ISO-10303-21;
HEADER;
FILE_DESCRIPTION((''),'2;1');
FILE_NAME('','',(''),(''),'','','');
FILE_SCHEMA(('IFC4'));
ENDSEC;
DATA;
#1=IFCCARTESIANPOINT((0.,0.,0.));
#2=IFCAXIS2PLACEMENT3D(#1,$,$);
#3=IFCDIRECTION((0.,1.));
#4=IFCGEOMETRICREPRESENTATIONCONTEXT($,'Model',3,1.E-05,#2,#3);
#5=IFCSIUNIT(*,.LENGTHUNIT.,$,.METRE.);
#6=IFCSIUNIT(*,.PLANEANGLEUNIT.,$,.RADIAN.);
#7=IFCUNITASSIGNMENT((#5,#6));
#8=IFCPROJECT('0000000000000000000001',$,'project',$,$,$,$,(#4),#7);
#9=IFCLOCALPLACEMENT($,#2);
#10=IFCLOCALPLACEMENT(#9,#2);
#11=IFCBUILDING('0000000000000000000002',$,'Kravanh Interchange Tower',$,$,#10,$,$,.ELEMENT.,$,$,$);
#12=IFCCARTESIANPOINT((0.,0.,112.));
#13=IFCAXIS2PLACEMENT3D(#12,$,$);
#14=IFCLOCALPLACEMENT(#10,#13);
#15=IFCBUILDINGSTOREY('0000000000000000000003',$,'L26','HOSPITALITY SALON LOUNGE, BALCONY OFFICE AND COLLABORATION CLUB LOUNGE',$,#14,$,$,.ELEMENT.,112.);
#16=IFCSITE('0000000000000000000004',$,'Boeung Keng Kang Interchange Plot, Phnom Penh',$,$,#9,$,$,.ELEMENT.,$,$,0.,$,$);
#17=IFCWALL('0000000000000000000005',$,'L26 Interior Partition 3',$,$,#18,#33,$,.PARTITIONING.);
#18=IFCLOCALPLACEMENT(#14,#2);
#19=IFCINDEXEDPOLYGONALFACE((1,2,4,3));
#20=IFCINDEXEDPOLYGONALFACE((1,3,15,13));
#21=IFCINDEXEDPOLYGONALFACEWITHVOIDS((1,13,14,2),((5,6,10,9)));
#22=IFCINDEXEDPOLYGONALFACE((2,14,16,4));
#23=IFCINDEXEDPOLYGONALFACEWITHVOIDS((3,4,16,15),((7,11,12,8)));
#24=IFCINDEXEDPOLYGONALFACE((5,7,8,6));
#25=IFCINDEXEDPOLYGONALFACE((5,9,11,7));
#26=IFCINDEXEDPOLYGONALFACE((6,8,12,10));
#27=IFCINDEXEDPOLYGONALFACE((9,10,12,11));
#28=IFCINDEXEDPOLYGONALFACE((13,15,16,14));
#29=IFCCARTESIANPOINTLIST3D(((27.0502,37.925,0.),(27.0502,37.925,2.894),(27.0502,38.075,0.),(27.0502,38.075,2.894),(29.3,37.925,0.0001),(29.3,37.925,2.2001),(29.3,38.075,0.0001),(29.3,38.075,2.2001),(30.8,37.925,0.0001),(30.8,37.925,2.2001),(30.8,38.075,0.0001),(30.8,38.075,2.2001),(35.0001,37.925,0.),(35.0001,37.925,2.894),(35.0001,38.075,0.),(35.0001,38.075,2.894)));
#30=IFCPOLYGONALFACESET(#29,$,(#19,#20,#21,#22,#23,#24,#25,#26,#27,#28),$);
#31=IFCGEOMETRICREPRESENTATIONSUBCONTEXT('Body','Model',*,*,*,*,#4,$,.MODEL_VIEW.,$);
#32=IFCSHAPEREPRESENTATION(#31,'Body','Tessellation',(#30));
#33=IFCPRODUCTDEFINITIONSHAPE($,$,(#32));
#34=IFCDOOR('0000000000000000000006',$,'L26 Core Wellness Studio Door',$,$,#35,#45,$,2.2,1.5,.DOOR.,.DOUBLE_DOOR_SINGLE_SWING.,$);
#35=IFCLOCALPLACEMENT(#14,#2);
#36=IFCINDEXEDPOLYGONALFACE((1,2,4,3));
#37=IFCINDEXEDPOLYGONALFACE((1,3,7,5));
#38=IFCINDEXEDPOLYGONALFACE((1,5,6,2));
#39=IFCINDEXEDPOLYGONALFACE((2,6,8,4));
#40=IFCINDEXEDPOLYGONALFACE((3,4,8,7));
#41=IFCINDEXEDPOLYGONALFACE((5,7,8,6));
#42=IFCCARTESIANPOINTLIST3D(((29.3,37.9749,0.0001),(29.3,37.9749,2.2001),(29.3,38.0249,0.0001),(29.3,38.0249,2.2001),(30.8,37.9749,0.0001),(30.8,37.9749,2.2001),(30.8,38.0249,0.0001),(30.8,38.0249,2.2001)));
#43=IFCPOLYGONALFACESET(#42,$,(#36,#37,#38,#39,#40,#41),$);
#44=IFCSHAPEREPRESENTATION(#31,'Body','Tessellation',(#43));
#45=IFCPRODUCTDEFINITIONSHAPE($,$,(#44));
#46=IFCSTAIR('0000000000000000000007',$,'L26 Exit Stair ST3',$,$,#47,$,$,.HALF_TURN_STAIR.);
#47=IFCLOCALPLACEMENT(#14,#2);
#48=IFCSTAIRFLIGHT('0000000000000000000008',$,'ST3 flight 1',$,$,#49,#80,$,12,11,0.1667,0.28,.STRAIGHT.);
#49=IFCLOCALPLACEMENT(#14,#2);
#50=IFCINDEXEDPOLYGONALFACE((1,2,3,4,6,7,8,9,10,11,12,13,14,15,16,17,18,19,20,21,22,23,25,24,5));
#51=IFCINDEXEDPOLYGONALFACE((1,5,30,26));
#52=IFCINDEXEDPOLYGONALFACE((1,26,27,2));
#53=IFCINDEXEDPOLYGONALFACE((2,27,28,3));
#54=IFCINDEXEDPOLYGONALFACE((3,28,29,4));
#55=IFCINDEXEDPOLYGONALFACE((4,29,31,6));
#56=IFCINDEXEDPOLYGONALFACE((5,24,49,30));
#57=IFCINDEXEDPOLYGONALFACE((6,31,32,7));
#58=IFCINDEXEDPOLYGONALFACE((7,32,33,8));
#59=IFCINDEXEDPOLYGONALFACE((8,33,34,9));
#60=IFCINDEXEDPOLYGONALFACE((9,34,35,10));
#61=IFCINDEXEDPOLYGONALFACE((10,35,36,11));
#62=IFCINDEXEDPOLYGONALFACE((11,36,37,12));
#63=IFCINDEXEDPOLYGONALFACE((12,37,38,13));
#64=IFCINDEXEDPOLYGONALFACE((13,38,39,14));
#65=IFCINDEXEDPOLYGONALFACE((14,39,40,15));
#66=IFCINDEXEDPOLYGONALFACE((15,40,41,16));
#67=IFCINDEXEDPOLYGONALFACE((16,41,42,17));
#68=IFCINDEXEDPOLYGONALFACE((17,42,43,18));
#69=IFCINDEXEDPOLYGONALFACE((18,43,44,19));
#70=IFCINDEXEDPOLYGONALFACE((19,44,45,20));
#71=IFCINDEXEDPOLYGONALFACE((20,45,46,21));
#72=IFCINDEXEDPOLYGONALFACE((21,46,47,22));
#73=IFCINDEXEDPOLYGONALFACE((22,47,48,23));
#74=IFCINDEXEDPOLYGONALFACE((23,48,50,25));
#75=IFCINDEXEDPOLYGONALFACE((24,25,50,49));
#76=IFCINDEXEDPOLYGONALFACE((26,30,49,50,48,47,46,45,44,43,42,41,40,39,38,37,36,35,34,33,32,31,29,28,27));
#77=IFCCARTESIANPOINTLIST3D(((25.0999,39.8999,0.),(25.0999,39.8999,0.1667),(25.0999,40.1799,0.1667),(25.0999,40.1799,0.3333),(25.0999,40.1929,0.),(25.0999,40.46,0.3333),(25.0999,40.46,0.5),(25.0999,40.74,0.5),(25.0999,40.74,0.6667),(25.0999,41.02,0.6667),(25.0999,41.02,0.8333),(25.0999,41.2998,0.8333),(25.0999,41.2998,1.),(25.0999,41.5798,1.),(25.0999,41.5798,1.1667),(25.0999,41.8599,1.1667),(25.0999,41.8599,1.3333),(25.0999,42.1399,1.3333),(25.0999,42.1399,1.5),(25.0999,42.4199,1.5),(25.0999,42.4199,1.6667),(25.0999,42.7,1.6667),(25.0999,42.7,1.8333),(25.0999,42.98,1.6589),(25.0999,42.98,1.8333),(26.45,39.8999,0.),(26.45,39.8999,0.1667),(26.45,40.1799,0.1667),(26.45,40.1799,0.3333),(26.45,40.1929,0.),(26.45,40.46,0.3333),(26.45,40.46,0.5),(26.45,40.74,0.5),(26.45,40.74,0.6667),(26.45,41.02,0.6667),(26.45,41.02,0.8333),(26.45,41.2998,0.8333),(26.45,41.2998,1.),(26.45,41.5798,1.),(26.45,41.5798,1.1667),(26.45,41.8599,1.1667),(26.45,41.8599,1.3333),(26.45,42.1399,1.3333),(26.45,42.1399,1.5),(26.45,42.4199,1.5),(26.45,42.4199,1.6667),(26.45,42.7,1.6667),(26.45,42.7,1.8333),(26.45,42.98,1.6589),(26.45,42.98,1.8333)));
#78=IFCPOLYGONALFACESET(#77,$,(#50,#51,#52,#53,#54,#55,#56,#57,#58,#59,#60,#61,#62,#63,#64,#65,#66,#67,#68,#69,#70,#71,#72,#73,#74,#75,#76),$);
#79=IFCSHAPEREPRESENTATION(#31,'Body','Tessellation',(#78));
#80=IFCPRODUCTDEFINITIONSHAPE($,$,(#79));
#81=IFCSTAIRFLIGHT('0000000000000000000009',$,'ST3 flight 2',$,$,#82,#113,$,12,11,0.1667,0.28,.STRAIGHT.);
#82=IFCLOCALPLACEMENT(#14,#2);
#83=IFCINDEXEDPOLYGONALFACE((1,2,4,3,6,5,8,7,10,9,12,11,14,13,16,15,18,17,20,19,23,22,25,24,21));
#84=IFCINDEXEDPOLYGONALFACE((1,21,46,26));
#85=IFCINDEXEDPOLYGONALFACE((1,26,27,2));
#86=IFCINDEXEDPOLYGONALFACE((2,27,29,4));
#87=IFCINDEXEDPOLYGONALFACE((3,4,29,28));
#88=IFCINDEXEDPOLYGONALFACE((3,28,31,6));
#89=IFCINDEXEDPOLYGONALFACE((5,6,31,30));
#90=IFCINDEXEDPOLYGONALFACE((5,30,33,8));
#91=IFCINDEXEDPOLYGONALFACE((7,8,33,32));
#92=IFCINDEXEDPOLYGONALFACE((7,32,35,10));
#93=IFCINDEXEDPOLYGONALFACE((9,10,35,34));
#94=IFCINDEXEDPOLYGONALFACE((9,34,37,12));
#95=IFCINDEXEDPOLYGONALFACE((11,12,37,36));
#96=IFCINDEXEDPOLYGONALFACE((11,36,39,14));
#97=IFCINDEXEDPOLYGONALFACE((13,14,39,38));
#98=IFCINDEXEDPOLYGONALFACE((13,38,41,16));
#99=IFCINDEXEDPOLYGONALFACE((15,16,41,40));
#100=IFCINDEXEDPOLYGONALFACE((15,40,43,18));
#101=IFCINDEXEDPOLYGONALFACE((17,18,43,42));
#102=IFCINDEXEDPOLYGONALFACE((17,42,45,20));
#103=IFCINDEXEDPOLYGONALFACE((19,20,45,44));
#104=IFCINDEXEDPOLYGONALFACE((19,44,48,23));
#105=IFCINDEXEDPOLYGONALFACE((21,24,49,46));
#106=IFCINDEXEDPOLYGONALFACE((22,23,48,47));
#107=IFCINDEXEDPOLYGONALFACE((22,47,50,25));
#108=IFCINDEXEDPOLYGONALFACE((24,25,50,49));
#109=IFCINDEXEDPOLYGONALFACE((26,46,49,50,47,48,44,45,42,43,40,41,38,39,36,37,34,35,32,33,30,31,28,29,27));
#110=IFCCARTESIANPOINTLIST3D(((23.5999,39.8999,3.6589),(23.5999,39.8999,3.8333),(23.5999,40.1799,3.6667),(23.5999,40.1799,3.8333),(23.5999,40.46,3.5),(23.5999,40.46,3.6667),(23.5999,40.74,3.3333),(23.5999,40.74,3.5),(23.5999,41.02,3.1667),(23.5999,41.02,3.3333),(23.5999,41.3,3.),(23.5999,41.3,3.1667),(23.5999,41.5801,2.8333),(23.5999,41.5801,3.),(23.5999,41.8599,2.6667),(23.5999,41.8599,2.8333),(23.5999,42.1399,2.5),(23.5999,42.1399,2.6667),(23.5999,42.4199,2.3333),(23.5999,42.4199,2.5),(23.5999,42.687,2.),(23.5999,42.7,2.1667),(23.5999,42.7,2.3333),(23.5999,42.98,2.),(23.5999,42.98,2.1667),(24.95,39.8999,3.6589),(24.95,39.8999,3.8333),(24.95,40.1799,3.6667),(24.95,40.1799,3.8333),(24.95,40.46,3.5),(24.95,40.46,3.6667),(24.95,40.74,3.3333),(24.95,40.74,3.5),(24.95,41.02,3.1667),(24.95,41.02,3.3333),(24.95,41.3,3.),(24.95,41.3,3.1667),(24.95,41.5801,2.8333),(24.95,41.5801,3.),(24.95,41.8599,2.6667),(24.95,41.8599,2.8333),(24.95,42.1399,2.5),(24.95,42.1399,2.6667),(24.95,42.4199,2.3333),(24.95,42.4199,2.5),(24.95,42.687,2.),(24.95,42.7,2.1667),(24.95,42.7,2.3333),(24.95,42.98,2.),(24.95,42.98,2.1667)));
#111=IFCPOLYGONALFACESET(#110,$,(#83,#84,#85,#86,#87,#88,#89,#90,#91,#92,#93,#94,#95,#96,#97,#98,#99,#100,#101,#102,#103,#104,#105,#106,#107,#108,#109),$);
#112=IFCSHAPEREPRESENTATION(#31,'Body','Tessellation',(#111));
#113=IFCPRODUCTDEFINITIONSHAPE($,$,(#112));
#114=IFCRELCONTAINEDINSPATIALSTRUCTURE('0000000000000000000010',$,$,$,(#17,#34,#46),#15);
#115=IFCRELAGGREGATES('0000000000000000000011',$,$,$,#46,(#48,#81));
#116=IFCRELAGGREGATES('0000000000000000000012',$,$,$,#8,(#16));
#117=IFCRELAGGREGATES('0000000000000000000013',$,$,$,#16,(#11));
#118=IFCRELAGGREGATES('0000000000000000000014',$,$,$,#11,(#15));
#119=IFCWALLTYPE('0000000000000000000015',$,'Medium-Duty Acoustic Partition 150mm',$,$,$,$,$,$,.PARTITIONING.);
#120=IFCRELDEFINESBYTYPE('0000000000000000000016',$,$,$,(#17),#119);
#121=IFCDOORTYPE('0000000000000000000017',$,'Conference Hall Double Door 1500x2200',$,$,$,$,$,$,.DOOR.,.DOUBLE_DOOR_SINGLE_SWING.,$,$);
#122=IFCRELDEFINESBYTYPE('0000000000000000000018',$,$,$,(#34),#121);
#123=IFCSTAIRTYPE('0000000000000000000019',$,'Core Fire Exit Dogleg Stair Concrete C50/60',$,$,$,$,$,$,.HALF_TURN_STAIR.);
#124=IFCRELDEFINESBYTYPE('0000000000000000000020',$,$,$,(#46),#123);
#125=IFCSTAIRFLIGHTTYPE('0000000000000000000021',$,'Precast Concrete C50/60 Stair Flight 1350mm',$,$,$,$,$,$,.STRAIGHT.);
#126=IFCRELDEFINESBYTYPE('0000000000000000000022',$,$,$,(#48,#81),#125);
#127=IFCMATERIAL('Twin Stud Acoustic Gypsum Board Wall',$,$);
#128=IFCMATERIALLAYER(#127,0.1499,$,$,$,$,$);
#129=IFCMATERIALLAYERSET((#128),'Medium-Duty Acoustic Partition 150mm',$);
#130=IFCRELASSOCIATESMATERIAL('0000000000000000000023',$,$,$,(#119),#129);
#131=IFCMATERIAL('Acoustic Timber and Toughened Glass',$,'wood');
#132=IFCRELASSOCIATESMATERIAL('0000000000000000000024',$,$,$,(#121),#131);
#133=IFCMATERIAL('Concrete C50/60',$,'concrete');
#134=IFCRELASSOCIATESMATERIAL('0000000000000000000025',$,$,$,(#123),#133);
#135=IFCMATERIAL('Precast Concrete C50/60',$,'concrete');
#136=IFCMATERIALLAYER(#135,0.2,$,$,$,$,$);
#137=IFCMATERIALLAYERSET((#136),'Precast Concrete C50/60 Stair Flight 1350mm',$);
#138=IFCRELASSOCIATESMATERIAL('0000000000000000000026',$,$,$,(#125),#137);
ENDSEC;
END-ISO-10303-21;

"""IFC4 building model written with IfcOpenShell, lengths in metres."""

from ifc_helpers import new_model, si_unit, direction, frame, frame_2d, origin, place, context, subcontext, project, spatial, polyline, rectangle, outline, extrude, material, layer, layer_set, type_object, element, fill, aggregate, save


model = new_model("IFC4")

# Units and contexts
model_context = context("Model", 3, precision=1e-05, world=origin(), true_north=direction((0.0, 1.0)))
body_context = subcontext(model_context, "Body", "Model", "MODEL_VIEW")
ifc_project = project(units=[si_unit("LENGTHUNIT", "METRE"), si_unit("PLANEANGLEUNIT", "RADIAN")], contexts=[model_context])

# Site, building, storey
site_placement = place(None, origin())
site = spatial("IfcSite", under=ifc_project, at=site_placement, Name="Boeung Keng Kang Interchange Plot, Phnom Penh", CompositionType="ELEMENT", RefElevation=0.0)
building_placement = place(site_placement, origin())
building = spatial("IfcBuilding", under=site, at=building_placement, Name="Kravanh Interchange Tower", CompositionType="ELEMENT")
storey_placement = place(building_placement, frame((0.0, 0.0, 112.0)))
storey = spatial("IfcBuildingStorey", under=building, at=storey_placement, Name="L26", Description="HOSPITALITY SALON LOUNGE, BALCONY OFFICE AND COLLABORATION CLUB LOUNGE", CompositionType="ELEMENT", Elevation=112.0)

# Wall, opening, door
ifc_material_1 = material(Name="Twin Stud Acoustic Gypsum Board Wall")
ifc_layer_1 = layer(ifc_material_1, 0.1499)
ifc_layer_set_1 = layer_set([ifc_layer_1], Name="Medium-Duty Acoustic Partition 150mm")
wall_type_1 = type_object("IfcWallType", Name="Medium-Duty Acoustic Partition 150mm", PredefinedType="PARTITIONING", material=ifc_layer_set_1)
wall_1_placement = place(storey_placement, frame((27.05, 38.0, 0.0), z_axis=(0.0, 0.0, 1.0), x_axis=(1.0, 0.0, 0.0)))
wall_1 = element("IfcWall", 1, at=wall_1_placement, inside=storey, type_object=wall_type_1, Name="L26 Interior Partition 3", PredefinedType="PARTITIONING", context=body_context, shape_type="SweptSolid", body=[
    extrude(rectangle(XDim=7.95, YDim=0.1499, at=frame_2d((3.9751, 0.0))), origin(), (0.0, 0.0, 1.0), 2.894),
])
opening_1_placement = place(wall_1_placement, frame((2.25, 0.0, 0.0)))
opening_1 = element("IfcOpeningElement", 2, at=opening_1_placement, cuts=wall_1, PredefinedType="OPENING", context=body_context, shape_type="SweptSolid", body=[
    extrude(rectangle(XDim=1.5, YDim=2.2, at=frame_2d((0.75, 1.1001))), frame((0.0, 0.085, 0.0), z_axis=(0.0, -1.0, 0.0), x_axis=(1.0, 0.0, 0.0)), (0.0, 0.0, 1.0), 0.1699),
])
ifc_material_2 = material(Name="Acoustic Timber and Toughened Glass", Category="wood")
door_type_1 = type_object("IfcDoorType", Name="Conference Hall Double Door 1500x2200", OperationType="DOUBLE_DOOR_SINGLE_SWING", PredefinedType="DOOR", material=ifc_material_2)
door_1_placement = place(opening_1_placement, origin())
door_1 = element("IfcDoor", 3, at=door_1_placement, inside=storey, type_object=door_type_1, Name="L26 Core Wellness Studio Door", OperationType="DOUBLE_DOOR_SINGLE_SWING", OverallHeight=2.2, OverallWidth=1.5, PredefinedType="DOOR", context=body_context, shape_type="SweptSolid", body=[
    extrude(rectangle(XDim=1.5, YDim=2.2, at=frame_2d((0.75, 1.1001))), frame((0.0, 0.0249, 0.0), z_axis=(0.0, -1.0, 0.0), x_axis=(1.0, 0.0, 0.0)), (0.0, 0.0, 1.0), 0.05),
])
fill(opening_1, door_1)

# Stair, stair flights
ifc_material_3 = material(Name="Concrete C50/60", Category="concrete")
stair_type = type_object("IfcStairType", Name="Core Fire Exit Dogleg Stair Concrete C50/60", PredefinedType="HALF_TURN_STAIR", material=ifc_material_3)
stair_placement = place(storey_placement, origin())
stair = element("IfcStair", 4, at=stair_placement, inside=storey, type_object=stair_type, Name="L26 Exit Stair ST3", PredefinedType="HALF_TURN_STAIR")
ifc_material_4 = material(Name="Precast Concrete C50/60", Category="concrete")
ifc_layer_2 = layer(ifc_material_4, 0.2)
ifc_layer_set_2 = layer_set([ifc_layer_2], Name="Precast Concrete C50/60 Stair Flight 1350mm")
stair_flight_type = type_object("IfcStairFlightType", Name="Precast Concrete C50/60 Stair Flight 1350mm", PredefinedType="STRAIGHT", material=ifc_layer_set_2)
stair_flight_1_placement = place(storey_placement, frame((25.7749, 39.8999, 0.0), z_axis=(0.0, 0.0, 1.0), x_axis=(0.0, 1.0, 0.0)))
stair_flight_1 = element("IfcStairFlight", 5, at=stair_flight_1_placement, type_object=stair_flight_type, Name="ST3 flight 1", NumberOfRisers=12, NumberOfTreads=11, PredefinedType="STRAIGHT", RiserHeight=0.1667, TreadLength=0.28, context=body_context, shape_type="SweptSolid", body=[
    extrude(outline(polyline([(0.0, 0.0), (0.0, 0.1667), (0.28, 0.1667), (0.28, 0.3333), (0.5601, 0.3333), (0.5601, 0.5), (0.8401, 0.5), (0.8401, 0.6667), (1.1201, 0.6667), (1.1201, 0.8333), (1.3999, 0.8333), (1.3999, 1.0), (1.6799, 1.0), (1.6799, 1.1667), (1.96, 1.1667), (1.96, 1.3333), (2.24, 1.3333), (2.24, 1.5), (2.52, 1.5), (2.52, 1.6667), (2.8, 1.6667), (2.8, 1.8333), (3.0801, 1.8333), (3.0801, 2.0), (3.0801, 1.6589), (0.293, 0.0), (0.0, 0.0)])), frame((0.0, 0.675, 0.0), z_axis=(0.0, -1.0, 0.0), x_axis=(1.0, 0.0, 0.0)), (0.0, 0.0, 1.0), 1.3501),
])
stair_flight_2_placement = place(storey_placement, frame((24.2749, 42.98, 2.0), z_axis=(0.0, 0.0, 1.0), x_axis=(0.0, -1.0, 0.0)))
stair_flight_2 = element("IfcStairFlight", 6, at=stair_flight_2_placement, type_object=stair_flight_type, Name="ST3 flight 2", NumberOfRisers=12, NumberOfTreads=11, PredefinedType="STRAIGHT", RiserHeight=0.1667, TreadLength=0.28, context=body_context, shape_type="SweptSolid", body=[
    extrude(outline(polyline([(0.0, 0.0), (0.0, 0.1667), (0.28, 0.1667), (0.28, 0.3333), (0.5601, 0.3333), (0.5601, 0.5), (0.8401, 0.5), (0.8401, 0.6667), (1.1201, 0.6667), (1.1201, 0.8333), (1.3999, 0.8333), (1.3999, 1.0), (1.6799, 1.0), (1.6799, 1.1667), (1.96, 1.1667), (1.96, 1.3333), (2.24, 1.3333), (2.24, 1.5), (2.52, 1.5), (2.52, 1.6667), (2.8, 1.6667), (2.8, 1.8333), (3.0801, 1.8333), (3.0801, 2.0), (3.0801, 1.6589), (0.293, 0.0), (0.0, 0.0)])), frame((0.0, 0.675, 0.0), z_axis=(0.0, -1.0, 0.0), x_axis=(1.0, 0.0, 0.0)), (0.0, 0.0, 1.0), 1.3501),
])
aggregate(stair, [stair_flight_1, stair_flight_2])

save(model, "model.ifc")
